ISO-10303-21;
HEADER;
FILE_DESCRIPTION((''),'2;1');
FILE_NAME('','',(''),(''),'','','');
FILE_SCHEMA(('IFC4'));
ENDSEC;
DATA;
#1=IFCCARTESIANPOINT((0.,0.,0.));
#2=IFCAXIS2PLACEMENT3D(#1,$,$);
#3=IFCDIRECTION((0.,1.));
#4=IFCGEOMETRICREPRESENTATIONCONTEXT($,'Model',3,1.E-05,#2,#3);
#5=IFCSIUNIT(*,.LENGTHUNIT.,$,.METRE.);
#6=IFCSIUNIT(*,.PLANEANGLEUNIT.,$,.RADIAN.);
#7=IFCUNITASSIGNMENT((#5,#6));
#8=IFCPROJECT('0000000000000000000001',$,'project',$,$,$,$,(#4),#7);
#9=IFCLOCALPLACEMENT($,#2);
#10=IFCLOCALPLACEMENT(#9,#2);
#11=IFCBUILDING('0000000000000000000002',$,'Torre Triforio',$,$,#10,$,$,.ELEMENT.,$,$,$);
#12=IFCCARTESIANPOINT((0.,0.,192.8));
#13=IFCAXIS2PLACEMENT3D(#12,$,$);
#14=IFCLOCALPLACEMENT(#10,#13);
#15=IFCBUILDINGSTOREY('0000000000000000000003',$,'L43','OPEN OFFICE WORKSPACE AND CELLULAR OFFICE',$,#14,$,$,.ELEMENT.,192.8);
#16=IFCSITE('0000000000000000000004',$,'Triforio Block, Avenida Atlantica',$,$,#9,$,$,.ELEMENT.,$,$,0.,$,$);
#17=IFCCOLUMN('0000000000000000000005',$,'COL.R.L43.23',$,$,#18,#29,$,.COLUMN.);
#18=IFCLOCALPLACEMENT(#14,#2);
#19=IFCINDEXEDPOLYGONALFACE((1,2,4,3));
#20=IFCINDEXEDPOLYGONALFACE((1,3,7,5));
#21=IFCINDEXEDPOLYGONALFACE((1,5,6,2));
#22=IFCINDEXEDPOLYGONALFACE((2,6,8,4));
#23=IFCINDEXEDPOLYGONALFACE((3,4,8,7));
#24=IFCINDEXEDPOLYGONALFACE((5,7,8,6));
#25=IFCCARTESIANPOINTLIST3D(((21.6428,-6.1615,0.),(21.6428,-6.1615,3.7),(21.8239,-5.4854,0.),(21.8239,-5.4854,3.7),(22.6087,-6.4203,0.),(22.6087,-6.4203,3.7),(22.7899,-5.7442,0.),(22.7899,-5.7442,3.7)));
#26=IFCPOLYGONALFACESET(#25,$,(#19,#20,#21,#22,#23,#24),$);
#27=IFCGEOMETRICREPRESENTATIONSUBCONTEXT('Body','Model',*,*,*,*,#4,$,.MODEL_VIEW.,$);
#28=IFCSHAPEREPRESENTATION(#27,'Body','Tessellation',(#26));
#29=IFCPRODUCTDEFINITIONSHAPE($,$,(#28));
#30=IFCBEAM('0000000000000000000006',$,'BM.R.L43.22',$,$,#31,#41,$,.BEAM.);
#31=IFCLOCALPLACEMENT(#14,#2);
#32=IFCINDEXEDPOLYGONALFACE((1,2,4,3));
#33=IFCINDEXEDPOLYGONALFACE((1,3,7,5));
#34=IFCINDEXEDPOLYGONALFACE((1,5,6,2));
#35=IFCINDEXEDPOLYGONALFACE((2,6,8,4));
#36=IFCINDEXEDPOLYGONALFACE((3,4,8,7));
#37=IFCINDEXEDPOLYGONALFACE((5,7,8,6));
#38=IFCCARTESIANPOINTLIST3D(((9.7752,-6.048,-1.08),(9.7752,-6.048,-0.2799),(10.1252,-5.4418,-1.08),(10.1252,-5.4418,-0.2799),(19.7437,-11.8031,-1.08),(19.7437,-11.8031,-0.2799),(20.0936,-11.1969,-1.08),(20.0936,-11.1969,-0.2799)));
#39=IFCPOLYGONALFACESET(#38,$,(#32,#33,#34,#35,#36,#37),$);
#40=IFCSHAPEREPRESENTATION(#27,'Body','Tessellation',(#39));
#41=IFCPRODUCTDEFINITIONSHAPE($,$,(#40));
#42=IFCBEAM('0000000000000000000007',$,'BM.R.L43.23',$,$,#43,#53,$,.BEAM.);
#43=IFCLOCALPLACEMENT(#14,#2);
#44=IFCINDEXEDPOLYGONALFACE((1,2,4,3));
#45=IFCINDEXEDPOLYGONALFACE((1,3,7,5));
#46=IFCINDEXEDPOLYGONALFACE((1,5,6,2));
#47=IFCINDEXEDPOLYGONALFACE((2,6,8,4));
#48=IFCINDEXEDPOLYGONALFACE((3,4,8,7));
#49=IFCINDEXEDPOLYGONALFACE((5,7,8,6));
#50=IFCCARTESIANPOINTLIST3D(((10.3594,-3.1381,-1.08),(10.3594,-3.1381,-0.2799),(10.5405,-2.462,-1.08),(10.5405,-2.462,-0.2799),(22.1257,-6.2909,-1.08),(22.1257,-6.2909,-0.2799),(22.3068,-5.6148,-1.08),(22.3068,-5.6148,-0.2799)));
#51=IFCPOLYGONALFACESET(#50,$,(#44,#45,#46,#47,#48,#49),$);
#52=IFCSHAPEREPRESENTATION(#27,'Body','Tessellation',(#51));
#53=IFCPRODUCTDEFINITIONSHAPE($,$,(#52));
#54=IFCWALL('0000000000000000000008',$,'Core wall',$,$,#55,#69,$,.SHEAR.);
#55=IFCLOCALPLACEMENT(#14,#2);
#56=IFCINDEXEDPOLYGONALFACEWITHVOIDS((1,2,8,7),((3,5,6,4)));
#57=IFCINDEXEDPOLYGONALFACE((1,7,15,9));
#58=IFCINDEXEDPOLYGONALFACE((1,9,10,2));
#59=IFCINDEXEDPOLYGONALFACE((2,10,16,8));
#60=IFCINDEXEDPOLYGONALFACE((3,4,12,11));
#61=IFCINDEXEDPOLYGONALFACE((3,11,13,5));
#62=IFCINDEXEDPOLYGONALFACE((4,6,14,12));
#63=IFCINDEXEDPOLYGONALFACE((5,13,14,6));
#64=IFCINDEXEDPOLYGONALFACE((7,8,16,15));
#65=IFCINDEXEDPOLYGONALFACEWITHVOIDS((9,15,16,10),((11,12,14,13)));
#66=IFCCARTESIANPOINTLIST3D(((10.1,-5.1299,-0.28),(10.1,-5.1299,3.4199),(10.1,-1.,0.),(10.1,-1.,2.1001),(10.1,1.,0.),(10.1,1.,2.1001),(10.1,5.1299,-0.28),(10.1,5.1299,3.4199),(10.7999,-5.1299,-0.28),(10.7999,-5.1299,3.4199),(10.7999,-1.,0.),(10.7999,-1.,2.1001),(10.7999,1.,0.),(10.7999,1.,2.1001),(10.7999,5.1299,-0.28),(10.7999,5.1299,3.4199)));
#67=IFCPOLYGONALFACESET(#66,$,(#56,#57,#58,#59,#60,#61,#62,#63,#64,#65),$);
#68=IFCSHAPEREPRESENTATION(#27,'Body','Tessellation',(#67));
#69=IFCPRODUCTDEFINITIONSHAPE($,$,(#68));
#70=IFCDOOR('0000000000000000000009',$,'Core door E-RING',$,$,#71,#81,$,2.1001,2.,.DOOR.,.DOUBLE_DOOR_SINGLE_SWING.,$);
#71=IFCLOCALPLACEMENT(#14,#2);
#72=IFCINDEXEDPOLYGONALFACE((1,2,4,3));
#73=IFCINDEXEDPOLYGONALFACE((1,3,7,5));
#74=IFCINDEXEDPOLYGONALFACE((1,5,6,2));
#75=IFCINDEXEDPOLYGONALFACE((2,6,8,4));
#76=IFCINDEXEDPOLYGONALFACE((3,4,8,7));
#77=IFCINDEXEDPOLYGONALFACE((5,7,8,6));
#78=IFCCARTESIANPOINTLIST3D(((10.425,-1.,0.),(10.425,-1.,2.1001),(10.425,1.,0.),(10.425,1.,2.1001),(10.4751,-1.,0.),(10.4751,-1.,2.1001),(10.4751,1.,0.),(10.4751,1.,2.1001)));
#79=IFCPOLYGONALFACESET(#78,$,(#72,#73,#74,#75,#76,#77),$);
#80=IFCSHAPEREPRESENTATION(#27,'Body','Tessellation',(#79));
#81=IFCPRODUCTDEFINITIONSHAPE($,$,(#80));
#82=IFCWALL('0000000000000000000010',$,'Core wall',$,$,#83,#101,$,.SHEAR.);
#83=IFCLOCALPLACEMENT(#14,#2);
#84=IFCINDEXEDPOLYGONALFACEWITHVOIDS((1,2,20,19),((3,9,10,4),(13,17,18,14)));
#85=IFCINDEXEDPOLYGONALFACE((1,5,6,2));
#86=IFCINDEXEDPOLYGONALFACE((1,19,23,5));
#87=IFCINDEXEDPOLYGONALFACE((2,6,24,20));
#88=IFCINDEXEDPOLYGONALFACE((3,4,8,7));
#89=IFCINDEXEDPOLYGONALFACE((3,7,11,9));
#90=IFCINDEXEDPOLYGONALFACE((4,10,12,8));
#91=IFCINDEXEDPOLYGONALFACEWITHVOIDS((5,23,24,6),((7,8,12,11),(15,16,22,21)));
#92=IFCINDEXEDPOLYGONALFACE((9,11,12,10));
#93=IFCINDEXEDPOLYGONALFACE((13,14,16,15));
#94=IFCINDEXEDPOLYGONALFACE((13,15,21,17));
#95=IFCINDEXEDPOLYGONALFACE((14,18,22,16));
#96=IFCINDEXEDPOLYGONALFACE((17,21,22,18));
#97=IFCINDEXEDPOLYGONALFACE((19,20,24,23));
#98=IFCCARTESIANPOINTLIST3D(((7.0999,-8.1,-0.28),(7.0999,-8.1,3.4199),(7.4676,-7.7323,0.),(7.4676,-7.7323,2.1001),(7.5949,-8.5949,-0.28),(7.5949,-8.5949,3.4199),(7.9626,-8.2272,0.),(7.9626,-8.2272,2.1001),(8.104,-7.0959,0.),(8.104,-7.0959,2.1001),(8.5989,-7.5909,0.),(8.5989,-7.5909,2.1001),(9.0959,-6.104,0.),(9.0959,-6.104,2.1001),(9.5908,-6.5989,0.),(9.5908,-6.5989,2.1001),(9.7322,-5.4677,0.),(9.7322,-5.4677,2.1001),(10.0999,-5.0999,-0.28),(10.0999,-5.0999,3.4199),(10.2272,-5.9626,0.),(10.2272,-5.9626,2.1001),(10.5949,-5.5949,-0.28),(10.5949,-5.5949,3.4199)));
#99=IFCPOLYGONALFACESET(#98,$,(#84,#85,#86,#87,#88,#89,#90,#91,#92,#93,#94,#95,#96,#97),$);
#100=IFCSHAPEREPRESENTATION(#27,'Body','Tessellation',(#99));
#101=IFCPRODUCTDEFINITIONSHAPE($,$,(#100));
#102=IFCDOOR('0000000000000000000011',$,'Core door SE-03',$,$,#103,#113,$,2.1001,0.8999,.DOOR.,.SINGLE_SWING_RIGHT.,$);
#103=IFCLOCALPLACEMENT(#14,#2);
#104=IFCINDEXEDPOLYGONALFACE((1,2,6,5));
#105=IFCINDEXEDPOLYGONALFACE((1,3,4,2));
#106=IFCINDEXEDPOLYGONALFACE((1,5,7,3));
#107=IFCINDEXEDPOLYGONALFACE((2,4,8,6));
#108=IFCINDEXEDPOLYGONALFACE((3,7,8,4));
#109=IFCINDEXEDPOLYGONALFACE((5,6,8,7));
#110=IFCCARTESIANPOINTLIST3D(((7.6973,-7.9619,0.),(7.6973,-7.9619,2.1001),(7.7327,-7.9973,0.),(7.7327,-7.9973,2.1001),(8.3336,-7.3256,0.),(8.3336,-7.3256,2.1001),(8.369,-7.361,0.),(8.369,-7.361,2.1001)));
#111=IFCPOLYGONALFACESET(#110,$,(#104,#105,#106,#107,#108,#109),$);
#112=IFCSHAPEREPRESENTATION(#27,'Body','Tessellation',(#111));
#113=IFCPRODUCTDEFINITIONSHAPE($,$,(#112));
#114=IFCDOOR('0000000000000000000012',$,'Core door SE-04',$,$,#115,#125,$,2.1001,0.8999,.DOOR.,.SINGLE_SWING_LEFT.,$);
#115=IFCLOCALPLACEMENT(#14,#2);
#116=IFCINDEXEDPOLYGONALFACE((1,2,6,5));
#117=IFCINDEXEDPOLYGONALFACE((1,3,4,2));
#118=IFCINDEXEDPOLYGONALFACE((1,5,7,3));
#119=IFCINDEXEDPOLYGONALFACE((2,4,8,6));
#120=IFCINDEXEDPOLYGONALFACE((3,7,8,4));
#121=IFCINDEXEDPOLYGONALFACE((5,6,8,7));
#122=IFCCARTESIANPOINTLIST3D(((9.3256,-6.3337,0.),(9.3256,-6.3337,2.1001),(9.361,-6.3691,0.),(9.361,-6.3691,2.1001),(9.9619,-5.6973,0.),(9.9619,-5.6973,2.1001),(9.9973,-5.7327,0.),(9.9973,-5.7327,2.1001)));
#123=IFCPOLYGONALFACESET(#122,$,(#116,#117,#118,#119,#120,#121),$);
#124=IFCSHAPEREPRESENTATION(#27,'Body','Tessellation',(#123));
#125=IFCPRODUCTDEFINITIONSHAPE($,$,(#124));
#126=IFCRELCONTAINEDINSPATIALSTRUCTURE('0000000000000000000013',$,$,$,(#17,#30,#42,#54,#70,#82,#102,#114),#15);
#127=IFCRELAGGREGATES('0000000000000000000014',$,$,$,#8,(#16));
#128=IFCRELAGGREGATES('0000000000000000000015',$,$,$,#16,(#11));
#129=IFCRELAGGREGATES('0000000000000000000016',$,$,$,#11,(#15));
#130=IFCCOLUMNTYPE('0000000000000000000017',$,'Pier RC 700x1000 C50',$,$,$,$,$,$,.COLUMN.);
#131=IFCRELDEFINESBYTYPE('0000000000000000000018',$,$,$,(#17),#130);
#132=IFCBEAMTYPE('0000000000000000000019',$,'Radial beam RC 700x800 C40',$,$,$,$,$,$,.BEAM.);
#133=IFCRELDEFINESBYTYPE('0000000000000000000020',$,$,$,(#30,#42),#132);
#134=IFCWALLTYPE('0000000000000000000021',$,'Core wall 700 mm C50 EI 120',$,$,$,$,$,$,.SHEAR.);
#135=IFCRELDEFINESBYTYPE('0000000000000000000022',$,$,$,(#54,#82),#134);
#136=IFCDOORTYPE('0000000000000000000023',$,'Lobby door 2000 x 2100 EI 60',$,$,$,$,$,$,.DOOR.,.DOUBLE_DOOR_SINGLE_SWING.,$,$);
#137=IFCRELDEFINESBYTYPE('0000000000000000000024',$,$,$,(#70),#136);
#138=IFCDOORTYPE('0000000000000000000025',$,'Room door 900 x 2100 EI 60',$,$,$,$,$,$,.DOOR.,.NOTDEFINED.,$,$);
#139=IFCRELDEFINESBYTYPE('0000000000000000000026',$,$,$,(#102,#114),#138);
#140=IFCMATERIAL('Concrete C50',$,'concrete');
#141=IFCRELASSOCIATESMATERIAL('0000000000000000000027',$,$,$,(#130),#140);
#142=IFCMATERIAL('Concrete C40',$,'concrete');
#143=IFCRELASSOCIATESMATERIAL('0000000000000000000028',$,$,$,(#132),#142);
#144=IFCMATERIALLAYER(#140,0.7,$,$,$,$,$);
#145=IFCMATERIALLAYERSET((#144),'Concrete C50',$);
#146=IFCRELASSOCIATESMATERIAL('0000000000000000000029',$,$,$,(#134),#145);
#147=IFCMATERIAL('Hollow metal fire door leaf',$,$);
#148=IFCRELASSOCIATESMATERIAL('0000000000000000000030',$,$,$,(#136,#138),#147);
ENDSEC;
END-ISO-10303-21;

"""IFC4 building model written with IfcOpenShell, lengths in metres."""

from ifc_helpers import new_model, si_unit, direction, frame, frame_2d, origin, origin_2d, place, context, subcontext, project, spatial, rectangle, extrude, material, layer, layer_set, material_profile, profile_set, type_object, element, fill, save


model = new_model("IFC4")

# Units and contexts
model_context = context("Model", 3, precision=1e-05, world=origin(), true_north=direction((0.0, 1.0)))
body_context = subcontext(model_context, "Body", "Model", "MODEL_VIEW")
ifc_project = project(units=[si_unit("LENGTHUNIT", "METRE"), si_unit("PLANEANGLEUNIT", "RADIAN")], contexts=[model_context])

# Site, building, storey
site_placement = place(None, origin())
site = spatial("IfcSite", under=ifc_project, at=site_placement, Name="Triforio Block, Avenida Atlantica", CompositionType="ELEMENT", RefElevation=0.0)
building_placement = place(site_placement, origin())
building = spatial("IfcBuilding", under=site, at=building_placement, Name="Torre Triforio", CompositionType="ELEMENT")
storey_placement = place(building_placement, frame((0.0, 0.0, 192.8)))
storey = spatial("IfcBuildingStorey", under=building, at=storey_placement, Name="L43", Description="OPEN OFFICE WORKSPACE AND CELLULAR OFFICE", CompositionType="ELEMENT", Elevation=192.8)

# Column
ifc_material_1 = material(Name="Concrete C50", Category="concrete")
ifc_material_profile_1 = material_profile(ifc_material_1, rectangle(XDim=0.7, YDim=1.0, at=origin_2d()), Name="RC 700x1000")
ifc_profile_set_1 = profile_set([ifc_material_profile_1], Name="Concrete C50")
column_type = type_object("IfcColumnType", Name="Pier RC 700x1000 C50", PredefinedType="COLUMN", material=ifc_profile_set_1)
column_placement = place(storey_placement, frame((22.2163, -5.9529, 0.0), z_axis=(0.0, 0.0, 1.0), x_axis=(0.258819, 0.965926, 0.0)))
element("IfcColumn", 1, at=column_placement, inside=storey, type_object=column_type, Name="COL.R.L43.23", PredefinedType="COLUMN", context=body_context, shape_type="SweptSolid", body=[
    extrude(rectangle(XDim=0.7, YDim=1.0, at=origin_2d()), origin(), (0.0, 0.0, 1.0), 3.7),
])

# Beams
ifc_material_2 = material(Name="Concrete C40", Category="concrete")
ifc_material_profile_2 = material_profile(ifc_material_2, rectangle(XDim=0.7, YDim=0.8, at=origin_2d()), Name="RC 700x800")
ifc_profile_set_2 = profile_set([ifc_material_profile_2], Name="Concrete C40")
beam_type = type_object("IfcBeamType", Name="Radial beam RC 700x800 C40", PredefinedType="BEAM", material=ifc_profile_set_2)
beam_1_placement = place(storey_placement, frame((9.9502, -5.7449, -0.6799), z_axis=(0.866033, -0.499987, 0.0), x_axis=(0.499987, 0.866033, 0.0)))
element("IfcBeam", 2, at=beam_1_placement, inside=storey, type_object=beam_type, Name="BM.R.L43.22", PredefinedType="BEAM", context=body_context, shape_type="SweptSolid", body=[
    extrude(rectangle(XDim=0.7, YDim=0.8, at=origin_2d()), origin(), (0.0, 0.0, 1.0), 11.5105),
])
beam_2_placement = place(storey_placement, frame((10.45, -2.8, -0.6799), z_axis=(0.965925, -0.258823, 0.0), x_axis=(0.258823, 0.965925, 0.0)))
element("IfcBeam", 3, at=beam_2_placement, inside=storey, type_object=beam_type, Name="BM.R.L43.23", PredefinedType="BEAM", context=body_context, shape_type="SweptSolid", body=[
    extrude(rectangle(XDim=0.7, YDim=0.8, at=origin_2d()), origin(), (0.0, 0.0, 1.0), 12.1814),
])

# Wall, opening, door
ifc_layer_1 = layer(ifc_material_1, 0.7)
ifc_layer_set_1 = layer_set([ifc_layer_1], Name="Concrete C50")
wall_type_1 = type_object("IfcWallType", Name="Core wall 700 mm C50 EI 120", PredefinedType="SHEAR", material=ifc_layer_set_1)
wall_1_placement = place(storey_placement, frame((10.45, -5.1299, -0.28), z_axis=(0.0, 0.0, 1.0), x_axis=(0.0, 1.0, 0.0)))
wall_1 = element("IfcWall", 4, at=wall_1_placement, inside=storey, type_object=wall_type_1, Name="Core wall", PredefinedType="SHEAR", context=body_context, shape_type="SweptSolid", body=[
    extrude(rectangle(XDim=10.2598, YDim=0.7, at=frame_2d((5.1299, 0.0))), origin(), (0.0, 0.0, 1.0), 3.7),
])
opening_1_placement = place(wall_1_placement, frame((4.1299, 0.0, 0.28)))
opening_1 = element("IfcOpeningElement", 5, at=opening_1_placement, cuts=wall_1, PredefinedType="OPENING", context=body_context, shape_type="SweptSolid", body=[
    extrude(rectangle(XDim=2.0, YDim=2.1001, at=frame_2d((1.0, 1.05))), frame((0.0, 0.3599, 0.0), z_axis=(0.0, -1.0, 0.0), x_axis=(1.0, 0.0, 0.0)), (0.0, 0.0, 1.0), 0.72),
])
ifc_material_3 = material(Name="Hollow metal fire door leaf")
door_type_1 = type_object("IfcDoorType", Name="Lobby door 2000 x 2100 EI 60", OperationType="DOUBLE_DOOR_SINGLE_SWING", PredefinedType="DOOR", material=ifc_material_3)
door_1_placement = place(opening_1_placement, origin())
door_1 = element("IfcDoor", 6, at=door_1_placement, inside=storey, type_object=door_type_1, Name="Core door E-RING", OperationType="DOUBLE_DOOR_SINGLE_SWING", OverallHeight=2.1001, OverallWidth=2.0, PredefinedType="DOOR", context=body_context, shape_type="SweptSolid", body=[
    extrude(rectangle(XDim=2.0, YDim=2.1001, at=frame_2d((1.0, 1.05))), frame((0.0, 0.0249, 0.0), z_axis=(0.0, -1.0, 0.0), x_axis=(1.0, 0.0, 0.0)), (0.0, 0.0, 1.0), 0.05),
])
fill(opening_1, door_1)

# Wall, openings, doors
wall_2_placement = place(storey_placement, frame((10.3474, -5.3474, -0.28), z_axis=(0.0, 0.0, 1.0), x_axis=(-0.707107, -0.707107, 0.0)))
wall_2 = element("IfcWall", 7, at=wall_2_placement, inside=storey, type_object=wall_type_1, Name="Core wall", PredefinedType="SHEAR", context=body_context, shape_type="SweptSolid", body=[
    extrude(rectangle(XDim=4.2427, YDim=0.7, at=frame_2d((2.1213, 0.0))), origin(), (0.0, 0.0, 1.0), 3.7),
])
opening_2_placement = place(wall_2_placement, frame((2.8228, 0.0, 0.28)))
opening_2 = element("IfcOpeningElement", 8, at=opening_2_placement, cuts=wall_2, PredefinedType="OPENING", context=body_context, shape_type="SweptSolid", body=[
    extrude(rectangle(XDim=0.8999, YDim=2.1001, at=frame_2d((0.45, 1.05))), frame((0.0, 0.3599, 0.0), z_axis=(0.0, -1.0, 0.0), x_axis=(1.0, 0.0, 0.0)), (0.0, 0.0, 1.0), 0.72),
])
opening_3_placement = place(wall_2_placement, frame((0.52, 0.0, 0.28)))
opening_3 = element("IfcOpeningElement", 9, at=opening_3_placement, cuts=wall_2, PredefinedType="OPENING", context=body_context, shape_type="SweptSolid", body=[
    extrude(rectangle(XDim=0.8999, YDim=2.1001, at=frame_2d((0.45, 1.05))), frame((0.0, 0.3599, 0.0), z_axis=(0.0, -1.0, 0.0), x_axis=(1.0, 0.0, 0.0)), (0.0, 0.0, 1.0), 0.72),
])
door_type_2 = type_object("IfcDoorType", Name="Room door 900 x 2100 EI 60", OperationType="NOTDEFINED", PredefinedType="DOOR", material=ifc_material_3)
door_2_placement = place(opening_2_placement, origin())
door_2 = element("IfcDoor", 10, at=door_2_placement, inside=storey, type_object=door_type_2, Name="Core door SE-03", OperationType="SINGLE_SWING_RIGHT", OverallHeight=2.1001, OverallWidth=0.8999, PredefinedType="DOOR", context=body_context, shape_type="SweptSolid", body=[
    extrude(rectangle(XDim=0.8999, YDim=2.1001, at=frame_2d((0.45, 1.05))), frame((0.0, 0.0249, 0.0), z_axis=(0.0, -1.0, 0.0), x_axis=(1.0, 0.0, 0.0)), (0.0, 0.0, 1.0), 0.05),
])
fill(opening_2, door_2)
door_3_placement = place(opening_3_placement, origin())
door_3 = element("IfcDoor", 11, at=door_3_placement, inside=storey, type_object=door_type_2, Name="Core door SE-04", OperationType="SINGLE_SWING_LEFT", OverallHeight=2.1001, OverallWidth=0.8999, PredefinedType="DOOR", context=body_context, shape_type="SweptSolid", body=[
    extrude(rectangle(XDim=0.8999, YDim=2.1001, at=frame_2d((0.45, 1.05))), frame((0.0, 0.0249, 0.0), z_axis=(0.0, -1.0, 0.0), x_axis=(1.0, 0.0, 0.0)), (0.0, 0.0, 1.0), 0.05),
])
fill(opening_3, door_3)

save(model, "model.ifc")
